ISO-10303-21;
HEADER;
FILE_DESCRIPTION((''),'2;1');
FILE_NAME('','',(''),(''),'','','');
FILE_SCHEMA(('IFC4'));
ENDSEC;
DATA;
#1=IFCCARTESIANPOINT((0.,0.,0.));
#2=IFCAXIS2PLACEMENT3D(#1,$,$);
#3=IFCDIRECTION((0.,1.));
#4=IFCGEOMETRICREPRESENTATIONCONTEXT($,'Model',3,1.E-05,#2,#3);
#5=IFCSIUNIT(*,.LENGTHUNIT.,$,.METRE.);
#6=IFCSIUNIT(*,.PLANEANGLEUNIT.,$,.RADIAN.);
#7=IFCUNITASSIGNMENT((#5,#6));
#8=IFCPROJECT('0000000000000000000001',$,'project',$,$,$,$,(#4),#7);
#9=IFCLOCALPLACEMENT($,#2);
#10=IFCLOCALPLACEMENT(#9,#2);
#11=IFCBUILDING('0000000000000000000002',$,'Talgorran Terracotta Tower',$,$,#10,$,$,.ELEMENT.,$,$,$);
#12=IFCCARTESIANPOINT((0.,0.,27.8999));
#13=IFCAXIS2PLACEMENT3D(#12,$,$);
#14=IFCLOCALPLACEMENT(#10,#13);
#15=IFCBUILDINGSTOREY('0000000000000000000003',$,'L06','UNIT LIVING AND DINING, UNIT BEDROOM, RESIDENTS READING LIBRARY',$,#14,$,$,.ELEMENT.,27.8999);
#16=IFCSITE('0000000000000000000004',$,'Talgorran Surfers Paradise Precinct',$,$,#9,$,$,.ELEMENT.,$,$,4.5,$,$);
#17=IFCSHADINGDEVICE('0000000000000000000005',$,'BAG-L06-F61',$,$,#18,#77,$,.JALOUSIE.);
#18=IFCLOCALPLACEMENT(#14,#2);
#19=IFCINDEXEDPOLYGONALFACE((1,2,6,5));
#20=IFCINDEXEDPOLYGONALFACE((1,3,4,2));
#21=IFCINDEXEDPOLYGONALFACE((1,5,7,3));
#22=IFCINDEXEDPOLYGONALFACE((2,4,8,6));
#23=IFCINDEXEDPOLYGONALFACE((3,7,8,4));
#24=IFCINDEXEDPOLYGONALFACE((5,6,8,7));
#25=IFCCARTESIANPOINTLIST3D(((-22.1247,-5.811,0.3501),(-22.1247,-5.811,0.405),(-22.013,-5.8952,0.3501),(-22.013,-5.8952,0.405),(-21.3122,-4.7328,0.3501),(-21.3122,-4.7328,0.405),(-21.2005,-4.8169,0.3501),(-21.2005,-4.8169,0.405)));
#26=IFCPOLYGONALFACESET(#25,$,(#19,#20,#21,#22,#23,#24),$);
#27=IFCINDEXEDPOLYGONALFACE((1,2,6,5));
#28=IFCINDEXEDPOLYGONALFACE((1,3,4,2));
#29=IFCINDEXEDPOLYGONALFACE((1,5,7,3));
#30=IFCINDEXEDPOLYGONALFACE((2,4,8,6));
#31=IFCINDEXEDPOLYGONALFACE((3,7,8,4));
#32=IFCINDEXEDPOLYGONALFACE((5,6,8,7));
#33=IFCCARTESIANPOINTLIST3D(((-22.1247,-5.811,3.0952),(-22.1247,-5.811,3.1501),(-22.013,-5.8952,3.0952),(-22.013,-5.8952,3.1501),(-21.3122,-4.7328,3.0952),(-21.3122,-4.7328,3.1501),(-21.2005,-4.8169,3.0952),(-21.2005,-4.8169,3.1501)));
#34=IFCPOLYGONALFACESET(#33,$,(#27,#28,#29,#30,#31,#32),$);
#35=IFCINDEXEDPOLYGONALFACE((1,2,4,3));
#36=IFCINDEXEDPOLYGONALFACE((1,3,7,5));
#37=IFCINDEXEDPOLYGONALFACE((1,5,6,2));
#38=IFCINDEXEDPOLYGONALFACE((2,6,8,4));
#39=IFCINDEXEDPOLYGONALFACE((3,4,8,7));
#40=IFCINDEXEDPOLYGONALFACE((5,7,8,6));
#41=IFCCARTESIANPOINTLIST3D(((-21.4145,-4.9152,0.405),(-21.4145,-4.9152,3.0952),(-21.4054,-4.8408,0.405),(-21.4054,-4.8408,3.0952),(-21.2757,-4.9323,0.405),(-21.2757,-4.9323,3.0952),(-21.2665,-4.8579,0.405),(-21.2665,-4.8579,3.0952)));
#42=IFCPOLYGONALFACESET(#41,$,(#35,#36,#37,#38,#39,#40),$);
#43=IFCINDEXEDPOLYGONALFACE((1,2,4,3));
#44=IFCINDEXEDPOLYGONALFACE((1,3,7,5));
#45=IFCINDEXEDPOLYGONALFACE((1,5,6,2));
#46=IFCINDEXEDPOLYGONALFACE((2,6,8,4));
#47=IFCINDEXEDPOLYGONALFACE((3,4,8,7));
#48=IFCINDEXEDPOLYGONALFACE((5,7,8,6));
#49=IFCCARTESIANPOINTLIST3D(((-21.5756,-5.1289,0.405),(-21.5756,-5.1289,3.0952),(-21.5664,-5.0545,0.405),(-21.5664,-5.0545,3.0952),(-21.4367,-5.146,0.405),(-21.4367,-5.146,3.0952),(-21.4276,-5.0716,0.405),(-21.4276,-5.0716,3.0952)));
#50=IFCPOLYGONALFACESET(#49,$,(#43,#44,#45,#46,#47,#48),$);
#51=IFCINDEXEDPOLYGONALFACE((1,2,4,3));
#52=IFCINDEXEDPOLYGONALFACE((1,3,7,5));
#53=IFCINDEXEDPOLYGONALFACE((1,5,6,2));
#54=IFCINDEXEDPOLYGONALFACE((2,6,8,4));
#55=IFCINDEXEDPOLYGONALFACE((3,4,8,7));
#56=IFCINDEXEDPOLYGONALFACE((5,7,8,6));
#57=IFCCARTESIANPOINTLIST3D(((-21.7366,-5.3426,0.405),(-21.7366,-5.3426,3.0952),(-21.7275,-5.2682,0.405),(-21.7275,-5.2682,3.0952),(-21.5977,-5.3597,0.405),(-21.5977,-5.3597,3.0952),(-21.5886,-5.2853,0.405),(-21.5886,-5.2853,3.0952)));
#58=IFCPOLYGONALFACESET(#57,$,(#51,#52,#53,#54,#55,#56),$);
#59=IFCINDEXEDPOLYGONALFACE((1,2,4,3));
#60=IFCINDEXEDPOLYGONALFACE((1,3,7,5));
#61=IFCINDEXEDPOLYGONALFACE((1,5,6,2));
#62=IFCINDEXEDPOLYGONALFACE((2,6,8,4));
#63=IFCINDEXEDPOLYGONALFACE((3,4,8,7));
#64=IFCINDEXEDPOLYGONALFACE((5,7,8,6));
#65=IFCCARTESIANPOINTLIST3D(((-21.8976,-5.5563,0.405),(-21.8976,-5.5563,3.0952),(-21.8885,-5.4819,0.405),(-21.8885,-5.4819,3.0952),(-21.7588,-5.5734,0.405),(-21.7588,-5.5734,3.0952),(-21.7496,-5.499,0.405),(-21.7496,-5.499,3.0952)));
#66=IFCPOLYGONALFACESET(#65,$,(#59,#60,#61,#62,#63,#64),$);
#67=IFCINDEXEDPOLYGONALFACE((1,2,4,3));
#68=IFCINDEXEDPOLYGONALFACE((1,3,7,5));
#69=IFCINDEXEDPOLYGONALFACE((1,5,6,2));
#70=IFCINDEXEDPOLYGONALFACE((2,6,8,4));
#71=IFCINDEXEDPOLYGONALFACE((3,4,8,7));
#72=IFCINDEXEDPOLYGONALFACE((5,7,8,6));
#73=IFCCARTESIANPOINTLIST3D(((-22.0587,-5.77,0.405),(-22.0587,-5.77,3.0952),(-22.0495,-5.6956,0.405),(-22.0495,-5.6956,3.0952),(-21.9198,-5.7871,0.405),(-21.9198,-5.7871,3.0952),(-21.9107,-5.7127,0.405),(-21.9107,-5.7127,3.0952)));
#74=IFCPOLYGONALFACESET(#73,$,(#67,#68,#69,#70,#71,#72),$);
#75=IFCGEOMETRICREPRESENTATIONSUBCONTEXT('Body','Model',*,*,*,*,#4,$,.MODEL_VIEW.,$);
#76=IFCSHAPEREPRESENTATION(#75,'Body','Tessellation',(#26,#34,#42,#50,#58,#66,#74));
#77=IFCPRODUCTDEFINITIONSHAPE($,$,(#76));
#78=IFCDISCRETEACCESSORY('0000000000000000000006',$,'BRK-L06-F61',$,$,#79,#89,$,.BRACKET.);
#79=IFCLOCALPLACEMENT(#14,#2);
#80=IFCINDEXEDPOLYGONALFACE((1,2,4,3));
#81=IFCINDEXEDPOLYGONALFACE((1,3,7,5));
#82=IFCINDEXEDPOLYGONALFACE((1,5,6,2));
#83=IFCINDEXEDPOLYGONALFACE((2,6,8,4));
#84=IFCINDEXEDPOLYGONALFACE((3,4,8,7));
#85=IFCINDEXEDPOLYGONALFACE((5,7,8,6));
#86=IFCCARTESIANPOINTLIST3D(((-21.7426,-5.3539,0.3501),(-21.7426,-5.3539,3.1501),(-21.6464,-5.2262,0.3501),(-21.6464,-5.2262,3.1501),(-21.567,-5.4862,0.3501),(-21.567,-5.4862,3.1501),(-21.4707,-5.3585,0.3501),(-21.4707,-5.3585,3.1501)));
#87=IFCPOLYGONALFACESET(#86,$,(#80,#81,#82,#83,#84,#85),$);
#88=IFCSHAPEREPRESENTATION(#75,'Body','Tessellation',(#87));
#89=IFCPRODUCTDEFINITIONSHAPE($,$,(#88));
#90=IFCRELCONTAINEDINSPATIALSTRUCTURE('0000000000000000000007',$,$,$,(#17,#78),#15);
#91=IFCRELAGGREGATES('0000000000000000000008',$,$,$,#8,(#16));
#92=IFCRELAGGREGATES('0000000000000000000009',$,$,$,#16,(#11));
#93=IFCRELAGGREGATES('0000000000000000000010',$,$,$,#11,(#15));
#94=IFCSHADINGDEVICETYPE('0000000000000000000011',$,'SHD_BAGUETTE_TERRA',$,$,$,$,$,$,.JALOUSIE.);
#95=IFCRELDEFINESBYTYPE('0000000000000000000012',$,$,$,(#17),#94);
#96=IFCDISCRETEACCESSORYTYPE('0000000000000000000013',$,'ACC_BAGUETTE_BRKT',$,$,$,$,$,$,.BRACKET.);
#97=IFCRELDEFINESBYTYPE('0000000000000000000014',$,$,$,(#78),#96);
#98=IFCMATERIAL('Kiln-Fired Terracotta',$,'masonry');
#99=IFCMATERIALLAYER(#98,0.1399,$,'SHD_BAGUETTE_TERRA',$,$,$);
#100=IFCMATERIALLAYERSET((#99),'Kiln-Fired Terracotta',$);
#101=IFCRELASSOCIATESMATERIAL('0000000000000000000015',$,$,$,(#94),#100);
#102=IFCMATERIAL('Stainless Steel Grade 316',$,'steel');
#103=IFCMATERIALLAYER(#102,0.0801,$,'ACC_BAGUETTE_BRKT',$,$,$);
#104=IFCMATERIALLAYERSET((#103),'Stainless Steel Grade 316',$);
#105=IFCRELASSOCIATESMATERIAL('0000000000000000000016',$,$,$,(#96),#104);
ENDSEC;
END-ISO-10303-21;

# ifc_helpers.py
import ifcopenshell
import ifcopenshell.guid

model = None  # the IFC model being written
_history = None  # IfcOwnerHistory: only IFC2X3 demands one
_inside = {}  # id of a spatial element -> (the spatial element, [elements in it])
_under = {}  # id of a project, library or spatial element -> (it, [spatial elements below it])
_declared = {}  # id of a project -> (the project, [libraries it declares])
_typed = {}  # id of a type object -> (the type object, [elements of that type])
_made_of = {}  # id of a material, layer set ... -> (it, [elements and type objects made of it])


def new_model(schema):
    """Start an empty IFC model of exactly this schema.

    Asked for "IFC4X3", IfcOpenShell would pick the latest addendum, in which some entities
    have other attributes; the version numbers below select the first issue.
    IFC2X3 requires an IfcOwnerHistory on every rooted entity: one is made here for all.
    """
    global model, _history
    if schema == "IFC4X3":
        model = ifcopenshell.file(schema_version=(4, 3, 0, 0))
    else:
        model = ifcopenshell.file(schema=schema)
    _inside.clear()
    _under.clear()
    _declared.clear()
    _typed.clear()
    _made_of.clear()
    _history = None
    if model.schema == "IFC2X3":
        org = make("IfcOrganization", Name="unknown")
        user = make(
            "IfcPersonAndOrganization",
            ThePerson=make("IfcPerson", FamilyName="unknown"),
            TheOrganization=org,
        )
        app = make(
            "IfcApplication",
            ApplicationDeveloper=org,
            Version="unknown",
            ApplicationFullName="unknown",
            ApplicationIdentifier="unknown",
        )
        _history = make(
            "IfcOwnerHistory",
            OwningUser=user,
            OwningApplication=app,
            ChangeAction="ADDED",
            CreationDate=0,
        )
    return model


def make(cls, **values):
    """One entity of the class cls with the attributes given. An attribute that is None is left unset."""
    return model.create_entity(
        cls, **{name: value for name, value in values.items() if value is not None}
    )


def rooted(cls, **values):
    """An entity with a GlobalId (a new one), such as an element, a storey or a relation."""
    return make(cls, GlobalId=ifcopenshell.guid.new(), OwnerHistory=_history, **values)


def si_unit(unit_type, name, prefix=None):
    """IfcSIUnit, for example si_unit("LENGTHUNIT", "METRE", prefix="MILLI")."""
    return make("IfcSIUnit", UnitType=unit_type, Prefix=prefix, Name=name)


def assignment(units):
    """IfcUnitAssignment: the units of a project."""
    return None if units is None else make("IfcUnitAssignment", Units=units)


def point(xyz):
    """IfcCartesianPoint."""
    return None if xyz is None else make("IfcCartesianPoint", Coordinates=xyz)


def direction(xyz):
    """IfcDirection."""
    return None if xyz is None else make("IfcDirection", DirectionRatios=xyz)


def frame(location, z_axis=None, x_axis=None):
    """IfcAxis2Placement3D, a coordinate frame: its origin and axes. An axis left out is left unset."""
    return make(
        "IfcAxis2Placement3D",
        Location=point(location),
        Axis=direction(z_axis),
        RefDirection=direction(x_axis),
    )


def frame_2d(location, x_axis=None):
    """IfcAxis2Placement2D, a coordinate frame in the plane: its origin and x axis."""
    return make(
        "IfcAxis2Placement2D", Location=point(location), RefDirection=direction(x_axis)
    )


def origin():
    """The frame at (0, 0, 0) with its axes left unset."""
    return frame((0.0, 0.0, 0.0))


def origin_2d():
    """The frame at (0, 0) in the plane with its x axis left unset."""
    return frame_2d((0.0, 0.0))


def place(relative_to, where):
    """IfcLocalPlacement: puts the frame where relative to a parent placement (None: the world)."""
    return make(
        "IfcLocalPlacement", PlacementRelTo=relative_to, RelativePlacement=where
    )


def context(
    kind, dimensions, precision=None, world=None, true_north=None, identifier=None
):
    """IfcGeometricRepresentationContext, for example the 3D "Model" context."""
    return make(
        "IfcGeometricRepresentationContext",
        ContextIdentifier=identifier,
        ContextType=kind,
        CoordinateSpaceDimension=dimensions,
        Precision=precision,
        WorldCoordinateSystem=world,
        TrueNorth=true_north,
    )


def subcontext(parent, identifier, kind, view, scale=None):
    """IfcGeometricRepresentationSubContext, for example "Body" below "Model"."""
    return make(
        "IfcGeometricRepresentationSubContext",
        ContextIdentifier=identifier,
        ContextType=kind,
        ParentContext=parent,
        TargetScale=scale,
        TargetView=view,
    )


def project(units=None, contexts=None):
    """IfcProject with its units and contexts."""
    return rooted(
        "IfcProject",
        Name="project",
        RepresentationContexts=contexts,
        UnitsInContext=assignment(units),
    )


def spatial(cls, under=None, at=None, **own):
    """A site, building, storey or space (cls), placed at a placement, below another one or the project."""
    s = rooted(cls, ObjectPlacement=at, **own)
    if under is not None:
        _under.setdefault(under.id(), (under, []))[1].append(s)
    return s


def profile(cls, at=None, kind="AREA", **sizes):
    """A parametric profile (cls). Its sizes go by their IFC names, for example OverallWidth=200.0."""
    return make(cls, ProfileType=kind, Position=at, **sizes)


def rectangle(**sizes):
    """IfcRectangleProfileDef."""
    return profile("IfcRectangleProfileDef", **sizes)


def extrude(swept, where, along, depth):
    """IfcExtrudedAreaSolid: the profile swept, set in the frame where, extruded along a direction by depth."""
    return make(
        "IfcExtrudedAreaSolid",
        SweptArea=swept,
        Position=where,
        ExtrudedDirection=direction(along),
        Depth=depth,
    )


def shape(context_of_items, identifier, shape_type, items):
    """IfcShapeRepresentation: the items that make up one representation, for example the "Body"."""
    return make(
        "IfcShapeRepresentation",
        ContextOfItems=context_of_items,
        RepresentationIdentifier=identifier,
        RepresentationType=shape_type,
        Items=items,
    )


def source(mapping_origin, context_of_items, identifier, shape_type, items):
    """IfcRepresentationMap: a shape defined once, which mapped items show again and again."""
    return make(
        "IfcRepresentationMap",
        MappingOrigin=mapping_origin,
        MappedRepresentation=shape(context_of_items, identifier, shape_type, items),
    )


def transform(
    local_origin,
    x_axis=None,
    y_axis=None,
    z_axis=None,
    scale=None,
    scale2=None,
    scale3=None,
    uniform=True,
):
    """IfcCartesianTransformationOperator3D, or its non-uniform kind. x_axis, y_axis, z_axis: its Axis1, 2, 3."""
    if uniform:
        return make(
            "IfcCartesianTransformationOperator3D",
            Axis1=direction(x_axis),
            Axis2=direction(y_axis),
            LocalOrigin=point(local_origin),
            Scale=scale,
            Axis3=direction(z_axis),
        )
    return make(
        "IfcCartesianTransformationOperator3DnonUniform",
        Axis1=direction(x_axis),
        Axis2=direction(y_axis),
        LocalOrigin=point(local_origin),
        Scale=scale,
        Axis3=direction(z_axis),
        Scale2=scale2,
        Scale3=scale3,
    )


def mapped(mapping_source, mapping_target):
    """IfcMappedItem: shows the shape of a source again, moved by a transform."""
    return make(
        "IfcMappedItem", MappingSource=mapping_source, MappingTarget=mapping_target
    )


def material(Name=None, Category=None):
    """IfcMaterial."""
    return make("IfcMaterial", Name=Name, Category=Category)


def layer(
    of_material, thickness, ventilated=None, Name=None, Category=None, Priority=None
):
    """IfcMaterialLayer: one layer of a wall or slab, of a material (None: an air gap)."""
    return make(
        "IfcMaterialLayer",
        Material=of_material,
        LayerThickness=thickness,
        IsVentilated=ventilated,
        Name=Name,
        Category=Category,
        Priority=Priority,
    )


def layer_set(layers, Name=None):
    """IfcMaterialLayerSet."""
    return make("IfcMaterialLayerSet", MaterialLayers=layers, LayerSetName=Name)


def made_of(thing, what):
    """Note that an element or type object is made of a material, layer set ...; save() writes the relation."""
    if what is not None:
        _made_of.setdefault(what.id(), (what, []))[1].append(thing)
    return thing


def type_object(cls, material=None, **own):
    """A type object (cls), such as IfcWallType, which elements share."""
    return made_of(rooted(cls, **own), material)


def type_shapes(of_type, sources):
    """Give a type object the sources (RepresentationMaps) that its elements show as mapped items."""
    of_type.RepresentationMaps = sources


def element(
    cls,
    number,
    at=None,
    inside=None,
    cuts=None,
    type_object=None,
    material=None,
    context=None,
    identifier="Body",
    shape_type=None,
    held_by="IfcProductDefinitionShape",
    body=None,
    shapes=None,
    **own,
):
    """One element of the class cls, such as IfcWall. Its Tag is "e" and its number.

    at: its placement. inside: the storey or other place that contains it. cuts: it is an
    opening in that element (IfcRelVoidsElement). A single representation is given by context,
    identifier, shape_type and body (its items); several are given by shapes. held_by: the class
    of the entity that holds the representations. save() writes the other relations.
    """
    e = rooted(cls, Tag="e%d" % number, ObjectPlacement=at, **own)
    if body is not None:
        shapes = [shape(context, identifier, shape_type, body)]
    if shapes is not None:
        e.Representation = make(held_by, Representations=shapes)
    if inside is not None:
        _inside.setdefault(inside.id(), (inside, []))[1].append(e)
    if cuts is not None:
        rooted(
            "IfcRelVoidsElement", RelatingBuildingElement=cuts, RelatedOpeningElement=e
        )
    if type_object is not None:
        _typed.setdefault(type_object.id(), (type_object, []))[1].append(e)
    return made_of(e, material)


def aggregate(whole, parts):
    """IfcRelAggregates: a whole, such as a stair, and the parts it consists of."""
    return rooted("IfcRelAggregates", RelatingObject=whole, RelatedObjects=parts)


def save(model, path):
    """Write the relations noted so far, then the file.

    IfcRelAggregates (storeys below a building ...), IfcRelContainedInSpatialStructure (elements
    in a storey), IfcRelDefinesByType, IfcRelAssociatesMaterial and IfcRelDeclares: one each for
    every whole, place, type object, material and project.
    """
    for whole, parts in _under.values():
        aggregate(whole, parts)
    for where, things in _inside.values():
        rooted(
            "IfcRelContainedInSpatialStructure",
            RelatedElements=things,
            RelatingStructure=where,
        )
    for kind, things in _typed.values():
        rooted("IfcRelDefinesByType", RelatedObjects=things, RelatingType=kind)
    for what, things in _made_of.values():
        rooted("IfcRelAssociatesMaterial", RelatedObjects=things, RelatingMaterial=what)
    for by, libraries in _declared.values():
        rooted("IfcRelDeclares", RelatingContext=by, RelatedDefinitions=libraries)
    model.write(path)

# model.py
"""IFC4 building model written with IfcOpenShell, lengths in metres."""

from ifc_helpers import new_model, si_unit, direction, frame, origin, origin_2d, place, context, subcontext, project, spatial, rectangle, extrude, source, transform, mapped, material, layer, layer_set, type_object, type_shapes, element, save


model = new_model("IFC4")

# Units and contexts
model_context = context("Model", 3, precision=1e-05, world=origin(), true_north=direction((0.0, 1.0)))
body_context = subcontext(model_context, "Body", "Model", "MODEL_VIEW")
ifc_project = project(units=[si_unit("LENGTHUNIT", "METRE"), si_unit("PLANEANGLEUNIT", "RADIAN")], contexts=[model_context])

# Site, building, storey
site_placement = place(None, origin())
site = spatial("IfcSite", under=ifc_project, at=site_placement, Name="Talgorran Surfers Paradise Precinct", CompositionType="ELEMENT", RefElevation=4.5)
building_placement = place(site_placement, origin())
building = spatial("IfcBuilding", under=site, at=building_placement, Name="Talgorran Terracotta Tower", CompositionType="ELEMENT")
storey_placement = place(building_placement, frame((0.0, 0.0, 27.8999)))
storey = spatial("IfcBuildingStorey", under=building, at=storey_placement, Name="L06", Description="UNIT LIVING AND DINING, UNIT BEDROOM, RESIDENTS READING LIBRARY", CompositionType="ELEMENT", Elevation=27.8999)

# Shading device
ifc_material_1 = material(Name="Kiln-Fired Terracotta", Category="masonry")
ifc_layer_1 = layer(ifc_material_1, 0.1399, Name="SHD_BAGUETTE_TERRA")
ifc_layer_set_1 = layer_set([ifc_layer_1], Name="Kiln-Fired Terracotta")
shading_device_type = type_object("IfcShadingDeviceType", Name="SHD_BAGUETTE_TERRA", PredefinedType="JALOUSIE", material=ifc_layer_set_1)
shared_shape_1 = source(origin(), body_context, "Body", "SweptSolid", [
    extrude(rectangle(XDim=1.3501, YDim=0.1399, at=origin_2d()), origin(), (0.0, 0.0, 1.0), 0.0549),
    extrude(rectangle(XDim=1.3501, YDim=0.1399, at=origin_2d()), frame((0.0, 0.0, 2.7451)), (0.0, 0.0, 1.0), 0.0549),
    extrude(rectangle(XDim=0.075, YDim=0.1399, at=origin_2d()), frame((-0.5352, 0.0, 0.0549), z_axis=(0.0, 0.0, 1.0), x_axis=(0.866025, 0.5, 0.0)), (0.0, 0.0, 1.0), 2.6902),
    extrude(rectangle(XDim=0.075, YDim=0.1399, at=origin_2d()), frame((-0.2676, 0.0, 0.0549), z_axis=(0.0, 0.0, 1.0), x_axis=(0.866025, 0.5, 0.0)), (0.0, 0.0, 1.0), 2.6902),
    extrude(rectangle(XDim=0.075, YDim=0.1399, at=origin_2d()), frame((0.0, 0.0, 0.0549), z_axis=(0.0, 0.0, 1.0), x_axis=(0.866025, 0.5, 0.0)), (0.0, 0.0, 1.0), 2.6902),
    extrude(rectangle(XDim=0.075, YDim=0.1399, at=origin_2d()), frame((0.2676, 0.0, 0.0549), z_axis=(0.0, 0.0, 1.0), x_axis=(0.866025, 0.5, 0.0)), (0.0, 0.0, 1.0), 2.6902),
    extrude(rectangle(XDim=0.075, YDim=0.1399, at=origin_2d()), frame((0.5352, 0.0, 0.0549), z_axis=(0.0, 0.0, 1.0), x_axis=(0.866025, 0.5, 0.0)), (0.0, 0.0, 1.0), 2.6902),
])
type_shapes(shading_device_type, [shared_shape_1])
shading_device_placement = place(storey_placement, frame((-21.6626, -5.314, 0.3501), z_axis=(0.0, 0.0, 1.0), x_axis=(-0.601815, -0.798636, 0.0)))
element("IfcShadingDevice", 1, at=shading_device_placement, inside=storey, type_object=shading_device_type, Name="BAG-L06-F61", PredefinedType="JALOUSIE", context=body_context, shape_type="MappedRepresentation", body=[
    mapped(shared_shape_1, transform((0.0, 0.0, 0.0), scale=1.0)),
])

# Discrete accessory
ifc_material_2 = material(Name="Stainless Steel Grade 316", Category="steel")
ifc_layer_2 = layer(ifc_material_2, 0.0801, Name="ACC_BAGUETTE_BRKT")
ifc_layer_set_2 = layer_set([ifc_layer_2], Name="Stainless Steel Grade 316")
discrete_accessory_type = type_object("IfcDiscreteAccessoryType", Name="ACC_BAGUETTE_BRKT", PredefinedType="BRACKET", material=ifc_layer_set_2)
shared_shape_2 = source(origin(), body_context, "Body", "SweptSolid", [
    extrude(rectangle(XDim=0.1599, YDim=0.22, at=origin_2d()), origin(), (0.0, 0.0, 1.0), 2.8),
])
type_shapes(discrete_accessory_type, [shared_shape_2])
discrete_accessory_placement = place(storey_placement, frame((-21.6067, -5.3562, 0.3501), z_axis=(0.0, 0.0, 1.0), x_axis=(-0.601815, -0.798636, 0.0)))
element("IfcDiscreteAccessory", 2, at=discrete_accessory_placement, inside=storey, type_object=discrete_accessory_type, Name="BRK-L06-F61", PredefinedType="BRACKET", context=body_context, shape_type="MappedRepresentation", body=[
    mapped(shared_shape_2, transform((0.0, 0.0, 0.0), scale=1.0)),
])

save(model, "model.ifc")
